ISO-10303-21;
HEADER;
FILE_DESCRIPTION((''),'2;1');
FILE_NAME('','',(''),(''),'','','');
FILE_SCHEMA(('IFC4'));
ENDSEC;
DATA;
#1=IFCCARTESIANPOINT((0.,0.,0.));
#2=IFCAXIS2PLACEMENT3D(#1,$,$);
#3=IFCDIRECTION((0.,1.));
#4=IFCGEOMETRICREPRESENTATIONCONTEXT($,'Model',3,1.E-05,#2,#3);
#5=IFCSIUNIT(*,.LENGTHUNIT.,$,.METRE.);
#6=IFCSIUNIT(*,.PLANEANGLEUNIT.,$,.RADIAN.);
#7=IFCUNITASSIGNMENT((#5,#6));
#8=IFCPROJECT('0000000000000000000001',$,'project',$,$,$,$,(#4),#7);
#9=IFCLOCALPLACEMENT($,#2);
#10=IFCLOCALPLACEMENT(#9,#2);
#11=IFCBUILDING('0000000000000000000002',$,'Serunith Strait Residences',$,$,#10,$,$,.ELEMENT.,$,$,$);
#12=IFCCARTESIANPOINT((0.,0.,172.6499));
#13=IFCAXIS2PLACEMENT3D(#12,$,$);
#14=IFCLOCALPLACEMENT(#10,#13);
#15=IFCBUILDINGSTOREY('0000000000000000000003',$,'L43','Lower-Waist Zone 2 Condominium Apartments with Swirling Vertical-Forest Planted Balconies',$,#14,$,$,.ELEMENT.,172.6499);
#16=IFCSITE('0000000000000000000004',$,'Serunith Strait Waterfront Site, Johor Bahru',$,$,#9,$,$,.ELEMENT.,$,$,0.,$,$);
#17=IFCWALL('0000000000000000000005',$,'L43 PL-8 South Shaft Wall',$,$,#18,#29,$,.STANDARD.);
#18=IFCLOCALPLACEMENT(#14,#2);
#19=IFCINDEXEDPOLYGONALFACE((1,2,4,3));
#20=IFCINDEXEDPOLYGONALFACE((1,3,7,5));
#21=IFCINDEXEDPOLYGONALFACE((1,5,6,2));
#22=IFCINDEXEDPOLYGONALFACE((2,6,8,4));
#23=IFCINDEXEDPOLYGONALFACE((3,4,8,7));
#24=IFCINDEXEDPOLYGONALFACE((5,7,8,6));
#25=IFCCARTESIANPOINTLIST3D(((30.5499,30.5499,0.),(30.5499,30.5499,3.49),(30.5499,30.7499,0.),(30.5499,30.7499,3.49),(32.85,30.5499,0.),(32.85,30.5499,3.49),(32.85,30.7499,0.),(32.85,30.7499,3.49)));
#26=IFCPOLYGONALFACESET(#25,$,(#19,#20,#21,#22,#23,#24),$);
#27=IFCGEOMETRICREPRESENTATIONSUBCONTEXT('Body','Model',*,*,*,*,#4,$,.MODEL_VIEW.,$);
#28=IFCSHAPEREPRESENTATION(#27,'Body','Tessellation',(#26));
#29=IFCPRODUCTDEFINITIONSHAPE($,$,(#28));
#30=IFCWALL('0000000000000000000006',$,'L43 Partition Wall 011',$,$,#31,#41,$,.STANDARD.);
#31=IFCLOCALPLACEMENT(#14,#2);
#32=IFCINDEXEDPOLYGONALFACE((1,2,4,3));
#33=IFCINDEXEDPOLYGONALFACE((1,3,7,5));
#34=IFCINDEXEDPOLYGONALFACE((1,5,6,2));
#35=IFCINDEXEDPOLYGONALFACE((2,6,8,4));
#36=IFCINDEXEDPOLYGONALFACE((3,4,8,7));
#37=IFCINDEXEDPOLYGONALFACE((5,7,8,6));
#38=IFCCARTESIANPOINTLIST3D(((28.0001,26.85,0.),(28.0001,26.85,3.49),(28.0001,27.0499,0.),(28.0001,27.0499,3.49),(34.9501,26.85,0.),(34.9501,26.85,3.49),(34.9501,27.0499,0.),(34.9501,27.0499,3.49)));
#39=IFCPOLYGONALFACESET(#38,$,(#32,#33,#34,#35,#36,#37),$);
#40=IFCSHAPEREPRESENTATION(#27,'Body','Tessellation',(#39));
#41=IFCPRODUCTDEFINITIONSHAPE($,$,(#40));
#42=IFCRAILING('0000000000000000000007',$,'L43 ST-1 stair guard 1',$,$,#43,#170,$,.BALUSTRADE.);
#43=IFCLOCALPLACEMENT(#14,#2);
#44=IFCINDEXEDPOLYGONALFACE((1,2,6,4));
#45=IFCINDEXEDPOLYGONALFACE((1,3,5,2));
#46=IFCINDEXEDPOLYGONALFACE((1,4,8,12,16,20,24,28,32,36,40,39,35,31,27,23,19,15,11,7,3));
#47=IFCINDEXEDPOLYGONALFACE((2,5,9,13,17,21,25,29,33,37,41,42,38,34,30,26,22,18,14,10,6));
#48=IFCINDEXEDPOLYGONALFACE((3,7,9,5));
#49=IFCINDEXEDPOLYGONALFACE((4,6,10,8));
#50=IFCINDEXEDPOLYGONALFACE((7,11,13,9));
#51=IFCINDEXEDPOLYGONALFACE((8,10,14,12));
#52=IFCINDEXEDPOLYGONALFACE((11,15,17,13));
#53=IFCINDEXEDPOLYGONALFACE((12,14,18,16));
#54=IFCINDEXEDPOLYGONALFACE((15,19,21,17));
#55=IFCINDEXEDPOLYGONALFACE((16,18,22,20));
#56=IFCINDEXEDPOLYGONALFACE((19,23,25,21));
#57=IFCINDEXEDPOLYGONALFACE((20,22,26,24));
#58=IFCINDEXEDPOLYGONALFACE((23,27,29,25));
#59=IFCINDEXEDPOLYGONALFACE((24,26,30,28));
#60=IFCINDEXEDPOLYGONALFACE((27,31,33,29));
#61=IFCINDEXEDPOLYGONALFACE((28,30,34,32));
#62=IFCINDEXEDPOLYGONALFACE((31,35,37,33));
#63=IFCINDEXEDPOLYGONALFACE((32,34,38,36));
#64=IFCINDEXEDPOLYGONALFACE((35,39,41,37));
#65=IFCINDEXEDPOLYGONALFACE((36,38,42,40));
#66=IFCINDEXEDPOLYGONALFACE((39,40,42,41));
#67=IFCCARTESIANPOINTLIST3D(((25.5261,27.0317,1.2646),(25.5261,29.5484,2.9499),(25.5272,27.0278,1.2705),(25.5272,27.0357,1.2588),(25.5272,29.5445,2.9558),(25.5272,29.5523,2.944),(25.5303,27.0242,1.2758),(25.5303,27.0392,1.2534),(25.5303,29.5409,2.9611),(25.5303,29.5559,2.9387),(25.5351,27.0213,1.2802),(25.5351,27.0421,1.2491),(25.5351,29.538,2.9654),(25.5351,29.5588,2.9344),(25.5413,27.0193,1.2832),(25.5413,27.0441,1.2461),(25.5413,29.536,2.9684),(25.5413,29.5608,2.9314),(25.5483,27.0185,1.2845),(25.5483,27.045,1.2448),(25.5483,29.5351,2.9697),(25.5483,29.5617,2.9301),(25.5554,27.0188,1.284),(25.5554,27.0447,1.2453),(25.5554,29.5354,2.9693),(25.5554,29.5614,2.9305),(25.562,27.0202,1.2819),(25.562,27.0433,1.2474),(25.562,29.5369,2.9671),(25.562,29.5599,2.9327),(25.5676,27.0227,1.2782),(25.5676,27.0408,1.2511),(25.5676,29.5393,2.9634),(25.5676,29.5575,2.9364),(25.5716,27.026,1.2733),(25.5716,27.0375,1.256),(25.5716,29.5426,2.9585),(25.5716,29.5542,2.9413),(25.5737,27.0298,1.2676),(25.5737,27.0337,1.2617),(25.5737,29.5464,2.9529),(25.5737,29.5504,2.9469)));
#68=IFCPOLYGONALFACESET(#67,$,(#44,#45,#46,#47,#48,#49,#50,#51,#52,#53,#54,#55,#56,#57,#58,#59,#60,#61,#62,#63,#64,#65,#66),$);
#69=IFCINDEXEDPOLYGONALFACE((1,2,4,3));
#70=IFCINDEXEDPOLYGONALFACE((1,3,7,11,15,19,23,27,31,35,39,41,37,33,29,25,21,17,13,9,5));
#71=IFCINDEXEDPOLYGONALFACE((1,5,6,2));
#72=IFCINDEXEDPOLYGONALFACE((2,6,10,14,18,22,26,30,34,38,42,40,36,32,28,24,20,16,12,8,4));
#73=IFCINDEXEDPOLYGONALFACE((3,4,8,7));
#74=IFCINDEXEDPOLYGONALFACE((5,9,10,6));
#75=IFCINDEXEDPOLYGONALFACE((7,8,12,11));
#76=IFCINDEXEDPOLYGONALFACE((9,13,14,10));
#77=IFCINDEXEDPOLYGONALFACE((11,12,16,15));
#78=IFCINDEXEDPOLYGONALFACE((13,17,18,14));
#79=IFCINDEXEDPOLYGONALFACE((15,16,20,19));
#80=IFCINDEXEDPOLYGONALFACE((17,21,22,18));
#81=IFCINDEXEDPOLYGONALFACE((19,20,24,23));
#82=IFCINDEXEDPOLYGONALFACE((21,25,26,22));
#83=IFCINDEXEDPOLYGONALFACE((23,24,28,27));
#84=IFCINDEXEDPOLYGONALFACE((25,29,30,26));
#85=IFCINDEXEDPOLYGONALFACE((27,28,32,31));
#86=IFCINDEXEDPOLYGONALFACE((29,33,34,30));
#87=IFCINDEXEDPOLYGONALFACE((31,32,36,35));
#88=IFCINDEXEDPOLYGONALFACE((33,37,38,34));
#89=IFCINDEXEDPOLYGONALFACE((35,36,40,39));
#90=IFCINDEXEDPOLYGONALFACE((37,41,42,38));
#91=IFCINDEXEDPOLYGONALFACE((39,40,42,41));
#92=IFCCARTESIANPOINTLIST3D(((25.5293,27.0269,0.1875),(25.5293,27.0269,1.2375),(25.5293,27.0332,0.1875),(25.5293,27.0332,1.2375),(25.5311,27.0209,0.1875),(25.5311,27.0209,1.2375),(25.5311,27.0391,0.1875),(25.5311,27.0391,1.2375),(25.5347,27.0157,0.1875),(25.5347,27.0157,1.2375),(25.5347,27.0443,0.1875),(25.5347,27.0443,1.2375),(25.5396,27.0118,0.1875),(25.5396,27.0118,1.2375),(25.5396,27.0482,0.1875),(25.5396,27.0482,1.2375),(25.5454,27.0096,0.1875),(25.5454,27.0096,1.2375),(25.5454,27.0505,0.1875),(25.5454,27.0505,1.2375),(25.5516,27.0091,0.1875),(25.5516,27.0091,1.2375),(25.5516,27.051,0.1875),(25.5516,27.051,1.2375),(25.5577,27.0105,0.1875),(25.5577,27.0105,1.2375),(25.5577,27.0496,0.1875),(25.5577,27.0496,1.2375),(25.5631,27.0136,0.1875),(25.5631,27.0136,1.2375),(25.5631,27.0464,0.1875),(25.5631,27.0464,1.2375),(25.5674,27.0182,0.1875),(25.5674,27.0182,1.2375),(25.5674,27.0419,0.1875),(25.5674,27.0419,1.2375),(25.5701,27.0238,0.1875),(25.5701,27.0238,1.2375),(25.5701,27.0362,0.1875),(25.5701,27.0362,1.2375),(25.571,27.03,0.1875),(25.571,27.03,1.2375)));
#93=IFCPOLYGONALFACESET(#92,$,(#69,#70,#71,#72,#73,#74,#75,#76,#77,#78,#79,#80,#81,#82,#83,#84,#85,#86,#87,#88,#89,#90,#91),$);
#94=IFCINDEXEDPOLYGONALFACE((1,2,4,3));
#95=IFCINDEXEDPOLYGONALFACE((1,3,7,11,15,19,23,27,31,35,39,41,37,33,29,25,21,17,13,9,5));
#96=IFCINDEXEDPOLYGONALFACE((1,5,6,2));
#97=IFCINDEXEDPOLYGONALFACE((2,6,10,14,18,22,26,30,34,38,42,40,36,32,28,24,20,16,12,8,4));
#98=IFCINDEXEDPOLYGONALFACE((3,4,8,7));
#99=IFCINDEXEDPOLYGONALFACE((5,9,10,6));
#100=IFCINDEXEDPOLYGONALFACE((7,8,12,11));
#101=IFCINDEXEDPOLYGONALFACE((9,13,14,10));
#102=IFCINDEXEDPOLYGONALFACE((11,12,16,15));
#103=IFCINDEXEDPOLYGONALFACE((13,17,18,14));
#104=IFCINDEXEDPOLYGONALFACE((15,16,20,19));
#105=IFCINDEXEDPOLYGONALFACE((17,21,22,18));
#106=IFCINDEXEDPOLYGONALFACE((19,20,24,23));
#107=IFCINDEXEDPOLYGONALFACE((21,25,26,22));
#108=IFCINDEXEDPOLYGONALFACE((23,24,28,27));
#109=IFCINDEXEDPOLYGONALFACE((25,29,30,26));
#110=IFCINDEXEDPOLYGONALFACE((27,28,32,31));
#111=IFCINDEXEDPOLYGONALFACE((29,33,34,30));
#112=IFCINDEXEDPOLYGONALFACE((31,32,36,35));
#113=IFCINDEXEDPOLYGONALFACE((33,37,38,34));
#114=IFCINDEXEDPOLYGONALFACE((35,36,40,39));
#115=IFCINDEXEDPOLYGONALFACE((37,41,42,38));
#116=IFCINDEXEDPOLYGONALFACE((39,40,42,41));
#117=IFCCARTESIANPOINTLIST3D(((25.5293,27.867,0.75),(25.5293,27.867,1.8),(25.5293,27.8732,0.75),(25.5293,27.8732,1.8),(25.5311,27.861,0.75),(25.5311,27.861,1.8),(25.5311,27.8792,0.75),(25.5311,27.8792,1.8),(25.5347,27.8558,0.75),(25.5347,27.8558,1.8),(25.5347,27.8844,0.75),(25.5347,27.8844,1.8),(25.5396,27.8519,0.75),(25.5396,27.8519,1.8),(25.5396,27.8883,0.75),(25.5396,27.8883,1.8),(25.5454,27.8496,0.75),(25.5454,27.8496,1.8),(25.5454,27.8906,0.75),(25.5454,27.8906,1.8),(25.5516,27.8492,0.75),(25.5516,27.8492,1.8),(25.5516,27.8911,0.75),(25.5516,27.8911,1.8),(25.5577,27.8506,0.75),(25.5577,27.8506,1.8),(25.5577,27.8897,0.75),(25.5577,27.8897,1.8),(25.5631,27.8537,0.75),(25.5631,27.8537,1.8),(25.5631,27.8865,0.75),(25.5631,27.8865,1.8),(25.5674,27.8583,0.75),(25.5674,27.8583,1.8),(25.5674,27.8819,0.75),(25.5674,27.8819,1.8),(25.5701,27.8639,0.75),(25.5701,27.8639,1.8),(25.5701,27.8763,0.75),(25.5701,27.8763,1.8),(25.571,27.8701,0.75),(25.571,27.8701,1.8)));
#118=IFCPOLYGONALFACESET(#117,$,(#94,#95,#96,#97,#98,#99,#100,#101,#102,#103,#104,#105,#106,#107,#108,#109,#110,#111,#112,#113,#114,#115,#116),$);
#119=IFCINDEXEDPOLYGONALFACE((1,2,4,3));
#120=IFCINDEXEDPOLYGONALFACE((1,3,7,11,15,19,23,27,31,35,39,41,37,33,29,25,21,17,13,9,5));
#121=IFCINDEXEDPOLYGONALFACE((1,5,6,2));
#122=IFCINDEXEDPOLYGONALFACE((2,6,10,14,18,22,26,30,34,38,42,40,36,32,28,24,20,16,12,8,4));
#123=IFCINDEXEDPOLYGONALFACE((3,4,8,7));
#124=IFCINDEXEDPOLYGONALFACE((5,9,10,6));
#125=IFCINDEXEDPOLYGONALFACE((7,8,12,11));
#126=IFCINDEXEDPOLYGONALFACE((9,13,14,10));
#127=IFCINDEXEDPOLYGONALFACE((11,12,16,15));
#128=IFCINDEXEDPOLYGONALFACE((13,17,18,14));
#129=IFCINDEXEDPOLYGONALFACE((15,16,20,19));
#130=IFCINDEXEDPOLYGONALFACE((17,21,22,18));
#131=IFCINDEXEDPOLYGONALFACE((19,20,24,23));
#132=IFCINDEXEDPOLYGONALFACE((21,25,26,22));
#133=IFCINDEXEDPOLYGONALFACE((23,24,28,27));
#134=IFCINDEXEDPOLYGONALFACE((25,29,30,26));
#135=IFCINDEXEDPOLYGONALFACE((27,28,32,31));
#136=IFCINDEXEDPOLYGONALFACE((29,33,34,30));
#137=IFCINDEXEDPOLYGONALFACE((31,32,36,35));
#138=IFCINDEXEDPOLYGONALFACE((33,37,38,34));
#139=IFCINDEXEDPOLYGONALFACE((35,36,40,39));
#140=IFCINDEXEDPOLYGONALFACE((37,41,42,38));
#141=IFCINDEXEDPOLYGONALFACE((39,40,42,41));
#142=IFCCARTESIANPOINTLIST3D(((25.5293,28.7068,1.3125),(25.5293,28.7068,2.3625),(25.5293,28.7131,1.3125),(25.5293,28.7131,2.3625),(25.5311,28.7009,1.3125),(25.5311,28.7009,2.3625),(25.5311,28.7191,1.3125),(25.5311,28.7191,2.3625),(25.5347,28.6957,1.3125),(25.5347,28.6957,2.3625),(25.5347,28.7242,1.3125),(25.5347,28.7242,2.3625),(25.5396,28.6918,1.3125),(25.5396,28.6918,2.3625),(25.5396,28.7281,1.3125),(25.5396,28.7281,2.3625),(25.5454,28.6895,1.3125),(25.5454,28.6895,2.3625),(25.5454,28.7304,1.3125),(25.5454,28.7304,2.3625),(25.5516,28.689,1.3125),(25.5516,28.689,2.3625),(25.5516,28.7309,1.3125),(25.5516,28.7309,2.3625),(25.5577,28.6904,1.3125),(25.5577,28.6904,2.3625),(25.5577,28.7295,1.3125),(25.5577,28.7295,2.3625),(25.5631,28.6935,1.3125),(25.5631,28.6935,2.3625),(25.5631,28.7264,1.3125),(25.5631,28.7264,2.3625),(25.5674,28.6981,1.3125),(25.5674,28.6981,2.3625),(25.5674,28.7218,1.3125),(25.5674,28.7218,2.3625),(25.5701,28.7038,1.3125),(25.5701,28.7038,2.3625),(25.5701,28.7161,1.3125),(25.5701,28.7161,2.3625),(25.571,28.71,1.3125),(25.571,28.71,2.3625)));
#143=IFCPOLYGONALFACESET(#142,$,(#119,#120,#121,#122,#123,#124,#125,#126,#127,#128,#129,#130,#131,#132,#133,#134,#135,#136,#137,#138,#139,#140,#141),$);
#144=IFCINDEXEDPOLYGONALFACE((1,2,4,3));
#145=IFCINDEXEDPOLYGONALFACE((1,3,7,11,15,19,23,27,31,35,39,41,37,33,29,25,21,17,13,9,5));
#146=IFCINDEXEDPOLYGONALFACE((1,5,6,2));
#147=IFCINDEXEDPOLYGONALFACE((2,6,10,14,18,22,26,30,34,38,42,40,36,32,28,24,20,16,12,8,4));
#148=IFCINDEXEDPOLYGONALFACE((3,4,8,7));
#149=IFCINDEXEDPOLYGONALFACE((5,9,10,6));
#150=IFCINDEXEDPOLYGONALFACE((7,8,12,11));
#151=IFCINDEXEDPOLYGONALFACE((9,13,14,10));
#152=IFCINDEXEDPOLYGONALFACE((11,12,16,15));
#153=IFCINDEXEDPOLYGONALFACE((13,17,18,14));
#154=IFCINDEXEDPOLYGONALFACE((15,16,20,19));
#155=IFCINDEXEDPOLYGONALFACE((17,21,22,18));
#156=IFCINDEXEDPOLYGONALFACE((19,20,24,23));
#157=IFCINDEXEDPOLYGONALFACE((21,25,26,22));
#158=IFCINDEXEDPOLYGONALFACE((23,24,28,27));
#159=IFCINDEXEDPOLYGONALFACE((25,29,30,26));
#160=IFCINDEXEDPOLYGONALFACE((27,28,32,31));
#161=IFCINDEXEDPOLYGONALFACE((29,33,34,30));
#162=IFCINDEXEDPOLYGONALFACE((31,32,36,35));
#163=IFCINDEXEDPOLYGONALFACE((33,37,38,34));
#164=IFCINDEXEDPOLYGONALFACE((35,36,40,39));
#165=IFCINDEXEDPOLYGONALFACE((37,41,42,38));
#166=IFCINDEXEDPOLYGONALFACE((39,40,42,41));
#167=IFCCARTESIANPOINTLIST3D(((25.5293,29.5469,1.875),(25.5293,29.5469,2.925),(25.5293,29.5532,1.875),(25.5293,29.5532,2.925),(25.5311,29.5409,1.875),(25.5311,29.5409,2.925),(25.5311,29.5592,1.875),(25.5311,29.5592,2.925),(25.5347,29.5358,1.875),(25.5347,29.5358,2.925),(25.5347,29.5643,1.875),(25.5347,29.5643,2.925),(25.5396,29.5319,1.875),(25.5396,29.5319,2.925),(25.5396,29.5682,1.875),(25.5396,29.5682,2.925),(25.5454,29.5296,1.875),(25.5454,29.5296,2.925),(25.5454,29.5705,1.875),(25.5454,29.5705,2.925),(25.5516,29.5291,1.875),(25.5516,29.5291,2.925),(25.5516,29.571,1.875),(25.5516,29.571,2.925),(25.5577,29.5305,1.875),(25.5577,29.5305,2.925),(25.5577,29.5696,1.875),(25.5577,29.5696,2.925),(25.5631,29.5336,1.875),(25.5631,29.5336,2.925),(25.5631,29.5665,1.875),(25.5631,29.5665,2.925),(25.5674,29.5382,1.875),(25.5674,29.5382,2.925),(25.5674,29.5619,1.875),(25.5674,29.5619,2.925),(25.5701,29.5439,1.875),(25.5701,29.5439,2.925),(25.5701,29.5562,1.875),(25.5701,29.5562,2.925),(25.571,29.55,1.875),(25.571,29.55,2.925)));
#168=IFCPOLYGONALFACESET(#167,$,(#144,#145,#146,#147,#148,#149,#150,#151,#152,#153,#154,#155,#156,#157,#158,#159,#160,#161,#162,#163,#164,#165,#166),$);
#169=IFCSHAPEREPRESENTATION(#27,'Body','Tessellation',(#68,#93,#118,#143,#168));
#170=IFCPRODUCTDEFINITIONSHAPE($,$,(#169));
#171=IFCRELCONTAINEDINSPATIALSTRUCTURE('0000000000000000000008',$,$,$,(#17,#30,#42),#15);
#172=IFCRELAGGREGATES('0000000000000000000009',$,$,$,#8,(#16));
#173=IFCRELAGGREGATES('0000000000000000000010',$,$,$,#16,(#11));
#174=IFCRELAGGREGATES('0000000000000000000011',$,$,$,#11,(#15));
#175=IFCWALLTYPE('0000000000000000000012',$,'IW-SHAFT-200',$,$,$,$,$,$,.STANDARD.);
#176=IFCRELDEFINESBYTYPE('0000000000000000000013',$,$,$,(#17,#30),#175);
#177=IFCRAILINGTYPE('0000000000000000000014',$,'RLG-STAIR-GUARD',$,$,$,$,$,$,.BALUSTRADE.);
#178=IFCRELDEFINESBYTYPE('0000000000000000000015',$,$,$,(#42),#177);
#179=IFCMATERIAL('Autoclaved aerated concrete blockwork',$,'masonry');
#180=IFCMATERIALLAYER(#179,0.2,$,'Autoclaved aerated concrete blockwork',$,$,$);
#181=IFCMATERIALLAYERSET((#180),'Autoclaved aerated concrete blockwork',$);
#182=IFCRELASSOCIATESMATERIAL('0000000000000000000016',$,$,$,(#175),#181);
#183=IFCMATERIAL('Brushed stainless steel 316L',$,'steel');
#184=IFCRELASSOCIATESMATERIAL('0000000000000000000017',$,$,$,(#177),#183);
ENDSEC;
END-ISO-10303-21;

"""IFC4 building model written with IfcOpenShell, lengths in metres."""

from ifc_helpers import new_model, si_unit, direction, frame, frame_2d, origin, origin_2d, place, context, subcontext, project, spatial, rectangle, circle, extrude, material, layer, layer_set, type_object, element, save


model = new_model("IFC4")

# Units and contexts
model_context = context("Model", 3, precision=1e-05, world=origin(), true_north=direction((0.0, 1.0)))
body_context = subcontext(model_context, "Body", "Model", "MODEL_VIEW")
ifc_project = project(units=[si_unit("LENGTHUNIT", "METRE"), si_unit("PLANEANGLEUNIT", "RADIAN")], contexts=[model_context])

# Site, building, storey
site_placement = place(None, origin())
site = spatial("IfcSite", under=ifc_project, at=site_placement, Name="Serunith Strait Waterfront Site, Johor Bahru", CompositionType="ELEMENT", RefElevation=0.0)
building_placement = place(site_placement, origin())
building = spatial("IfcBuilding", under=site, at=building_placement, Name="Serunith Strait Residences", CompositionType="ELEMENT")
storey_placement = place(building_placement, frame((0.0, 0.0, 172.6499)))
storey = spatial("IfcBuildingStorey", under=building, at=storey_placement, Name="L43", Description="Lower-Waist Zone 2 Condominium Apartments with Swirling Vertical-Forest Planted Balconies", CompositionType="ELEMENT", Elevation=172.6499)

# Shared definitions
ifc_material_1 = material(Name="Autoclaved aerated concrete blockwork", Category="masonry")
ifc_layer_1 = layer(ifc_material_1, 0.2, Name="Autoclaved aerated concrete blockwork")
ifc_layer_set_1 = layer_set([ifc_layer_1], Name="Autoclaved aerated concrete blockwork")
wall_type_1 = type_object("IfcWallType", Name="IW-SHAFT-200", PredefinedType="STANDARD", material=ifc_layer_set_1)

# Walls
wall_1_placement = place(storey_placement, frame((30.55, 30.6499, 0.0), z_axis=(0.0, 0.0, 1.0), x_axis=(1.0, 0.0, 0.0)))
element("IfcWall", 1, at=wall_1_placement, inside=storey, type_object=wall_type_1, Name="L43 PL-8 South Shaft Wall", PredefinedType="STANDARD", context=body_context, shape_type="SweptSolid", body=[
    extrude(rectangle(XDim=2.3, YDim=0.2, at=frame_2d((1.1499, 0.0))), origin(), (0.0, 0.0, 1.0), 3.49),
])
wall_2_placement = place(storey_placement, frame((28.0, 26.95, 0.0), z_axis=(0.0, 0.0, 1.0), x_axis=(1.0, 0.0, 0.0)))
element("IfcWall", 2, at=wall_2_placement, inside=storey, type_object=wall_type_1, Name="L43 Partition Wall 011", PredefinedType="STANDARD", context=body_context, shape_type="SweptSolid", body=[
    extrude(rectangle(XDim=6.95, YDim=0.2, at=frame_2d((3.4751, 0.0))), origin(), (0.0, 0.0, 1.0), 3.49),
])

# Railing
ifc_material_2 = material(Name="Brushed stainless steel 316L", Category="steel")
railing_type_1 = type_object("IfcRailingType", Name="RLG-STAIR-GUARD", PredefinedType="BALUSTRADE", material=ifc_material_2)
railing_1_placement = place(storey_placement, frame((25.55, 27.03, 0.1875)))
element("IfcRailing", 3, at=railing_1_placement, inside=storey, type_object=railing_type_1, Name="L43 ST-1 stair guard 1", PredefinedType="BALUSTRADE", context=body_context, shape_type="SweptSolid", body=[
    extrude(circle(Radius=0.0239, at=origin_2d()), frame((0.0, 0.0017, 1.0771), z_axis=(0.0, 0.830909, 0.556408), x_axis=(-1.0, 0.0, 0.0)), (0.0, 0.0, 1.0), 3.0288),
    extrude(circle(Radius=0.021, at=origin_2d()), origin(), (0.0, 0.0, 1.0), 1.05),
    extrude(circle(Radius=0.021, at=origin_2d()), frame((0.0, 0.8401, 0.5625)), (0.0, 0.0, 1.0), 1.05),
    extrude(circle(Radius=0.021, at=origin_2d()), frame((0.0, 1.6799, 1.125)), (0.0, 0.0, 1.0), 1.05),
    extrude(circle(Radius=0.021, at=origin_2d()), frame((0.0, 2.52, 1.6875)), (0.0, 0.0, 1.0), 1.05),
])

save(model, "model.ifc")
